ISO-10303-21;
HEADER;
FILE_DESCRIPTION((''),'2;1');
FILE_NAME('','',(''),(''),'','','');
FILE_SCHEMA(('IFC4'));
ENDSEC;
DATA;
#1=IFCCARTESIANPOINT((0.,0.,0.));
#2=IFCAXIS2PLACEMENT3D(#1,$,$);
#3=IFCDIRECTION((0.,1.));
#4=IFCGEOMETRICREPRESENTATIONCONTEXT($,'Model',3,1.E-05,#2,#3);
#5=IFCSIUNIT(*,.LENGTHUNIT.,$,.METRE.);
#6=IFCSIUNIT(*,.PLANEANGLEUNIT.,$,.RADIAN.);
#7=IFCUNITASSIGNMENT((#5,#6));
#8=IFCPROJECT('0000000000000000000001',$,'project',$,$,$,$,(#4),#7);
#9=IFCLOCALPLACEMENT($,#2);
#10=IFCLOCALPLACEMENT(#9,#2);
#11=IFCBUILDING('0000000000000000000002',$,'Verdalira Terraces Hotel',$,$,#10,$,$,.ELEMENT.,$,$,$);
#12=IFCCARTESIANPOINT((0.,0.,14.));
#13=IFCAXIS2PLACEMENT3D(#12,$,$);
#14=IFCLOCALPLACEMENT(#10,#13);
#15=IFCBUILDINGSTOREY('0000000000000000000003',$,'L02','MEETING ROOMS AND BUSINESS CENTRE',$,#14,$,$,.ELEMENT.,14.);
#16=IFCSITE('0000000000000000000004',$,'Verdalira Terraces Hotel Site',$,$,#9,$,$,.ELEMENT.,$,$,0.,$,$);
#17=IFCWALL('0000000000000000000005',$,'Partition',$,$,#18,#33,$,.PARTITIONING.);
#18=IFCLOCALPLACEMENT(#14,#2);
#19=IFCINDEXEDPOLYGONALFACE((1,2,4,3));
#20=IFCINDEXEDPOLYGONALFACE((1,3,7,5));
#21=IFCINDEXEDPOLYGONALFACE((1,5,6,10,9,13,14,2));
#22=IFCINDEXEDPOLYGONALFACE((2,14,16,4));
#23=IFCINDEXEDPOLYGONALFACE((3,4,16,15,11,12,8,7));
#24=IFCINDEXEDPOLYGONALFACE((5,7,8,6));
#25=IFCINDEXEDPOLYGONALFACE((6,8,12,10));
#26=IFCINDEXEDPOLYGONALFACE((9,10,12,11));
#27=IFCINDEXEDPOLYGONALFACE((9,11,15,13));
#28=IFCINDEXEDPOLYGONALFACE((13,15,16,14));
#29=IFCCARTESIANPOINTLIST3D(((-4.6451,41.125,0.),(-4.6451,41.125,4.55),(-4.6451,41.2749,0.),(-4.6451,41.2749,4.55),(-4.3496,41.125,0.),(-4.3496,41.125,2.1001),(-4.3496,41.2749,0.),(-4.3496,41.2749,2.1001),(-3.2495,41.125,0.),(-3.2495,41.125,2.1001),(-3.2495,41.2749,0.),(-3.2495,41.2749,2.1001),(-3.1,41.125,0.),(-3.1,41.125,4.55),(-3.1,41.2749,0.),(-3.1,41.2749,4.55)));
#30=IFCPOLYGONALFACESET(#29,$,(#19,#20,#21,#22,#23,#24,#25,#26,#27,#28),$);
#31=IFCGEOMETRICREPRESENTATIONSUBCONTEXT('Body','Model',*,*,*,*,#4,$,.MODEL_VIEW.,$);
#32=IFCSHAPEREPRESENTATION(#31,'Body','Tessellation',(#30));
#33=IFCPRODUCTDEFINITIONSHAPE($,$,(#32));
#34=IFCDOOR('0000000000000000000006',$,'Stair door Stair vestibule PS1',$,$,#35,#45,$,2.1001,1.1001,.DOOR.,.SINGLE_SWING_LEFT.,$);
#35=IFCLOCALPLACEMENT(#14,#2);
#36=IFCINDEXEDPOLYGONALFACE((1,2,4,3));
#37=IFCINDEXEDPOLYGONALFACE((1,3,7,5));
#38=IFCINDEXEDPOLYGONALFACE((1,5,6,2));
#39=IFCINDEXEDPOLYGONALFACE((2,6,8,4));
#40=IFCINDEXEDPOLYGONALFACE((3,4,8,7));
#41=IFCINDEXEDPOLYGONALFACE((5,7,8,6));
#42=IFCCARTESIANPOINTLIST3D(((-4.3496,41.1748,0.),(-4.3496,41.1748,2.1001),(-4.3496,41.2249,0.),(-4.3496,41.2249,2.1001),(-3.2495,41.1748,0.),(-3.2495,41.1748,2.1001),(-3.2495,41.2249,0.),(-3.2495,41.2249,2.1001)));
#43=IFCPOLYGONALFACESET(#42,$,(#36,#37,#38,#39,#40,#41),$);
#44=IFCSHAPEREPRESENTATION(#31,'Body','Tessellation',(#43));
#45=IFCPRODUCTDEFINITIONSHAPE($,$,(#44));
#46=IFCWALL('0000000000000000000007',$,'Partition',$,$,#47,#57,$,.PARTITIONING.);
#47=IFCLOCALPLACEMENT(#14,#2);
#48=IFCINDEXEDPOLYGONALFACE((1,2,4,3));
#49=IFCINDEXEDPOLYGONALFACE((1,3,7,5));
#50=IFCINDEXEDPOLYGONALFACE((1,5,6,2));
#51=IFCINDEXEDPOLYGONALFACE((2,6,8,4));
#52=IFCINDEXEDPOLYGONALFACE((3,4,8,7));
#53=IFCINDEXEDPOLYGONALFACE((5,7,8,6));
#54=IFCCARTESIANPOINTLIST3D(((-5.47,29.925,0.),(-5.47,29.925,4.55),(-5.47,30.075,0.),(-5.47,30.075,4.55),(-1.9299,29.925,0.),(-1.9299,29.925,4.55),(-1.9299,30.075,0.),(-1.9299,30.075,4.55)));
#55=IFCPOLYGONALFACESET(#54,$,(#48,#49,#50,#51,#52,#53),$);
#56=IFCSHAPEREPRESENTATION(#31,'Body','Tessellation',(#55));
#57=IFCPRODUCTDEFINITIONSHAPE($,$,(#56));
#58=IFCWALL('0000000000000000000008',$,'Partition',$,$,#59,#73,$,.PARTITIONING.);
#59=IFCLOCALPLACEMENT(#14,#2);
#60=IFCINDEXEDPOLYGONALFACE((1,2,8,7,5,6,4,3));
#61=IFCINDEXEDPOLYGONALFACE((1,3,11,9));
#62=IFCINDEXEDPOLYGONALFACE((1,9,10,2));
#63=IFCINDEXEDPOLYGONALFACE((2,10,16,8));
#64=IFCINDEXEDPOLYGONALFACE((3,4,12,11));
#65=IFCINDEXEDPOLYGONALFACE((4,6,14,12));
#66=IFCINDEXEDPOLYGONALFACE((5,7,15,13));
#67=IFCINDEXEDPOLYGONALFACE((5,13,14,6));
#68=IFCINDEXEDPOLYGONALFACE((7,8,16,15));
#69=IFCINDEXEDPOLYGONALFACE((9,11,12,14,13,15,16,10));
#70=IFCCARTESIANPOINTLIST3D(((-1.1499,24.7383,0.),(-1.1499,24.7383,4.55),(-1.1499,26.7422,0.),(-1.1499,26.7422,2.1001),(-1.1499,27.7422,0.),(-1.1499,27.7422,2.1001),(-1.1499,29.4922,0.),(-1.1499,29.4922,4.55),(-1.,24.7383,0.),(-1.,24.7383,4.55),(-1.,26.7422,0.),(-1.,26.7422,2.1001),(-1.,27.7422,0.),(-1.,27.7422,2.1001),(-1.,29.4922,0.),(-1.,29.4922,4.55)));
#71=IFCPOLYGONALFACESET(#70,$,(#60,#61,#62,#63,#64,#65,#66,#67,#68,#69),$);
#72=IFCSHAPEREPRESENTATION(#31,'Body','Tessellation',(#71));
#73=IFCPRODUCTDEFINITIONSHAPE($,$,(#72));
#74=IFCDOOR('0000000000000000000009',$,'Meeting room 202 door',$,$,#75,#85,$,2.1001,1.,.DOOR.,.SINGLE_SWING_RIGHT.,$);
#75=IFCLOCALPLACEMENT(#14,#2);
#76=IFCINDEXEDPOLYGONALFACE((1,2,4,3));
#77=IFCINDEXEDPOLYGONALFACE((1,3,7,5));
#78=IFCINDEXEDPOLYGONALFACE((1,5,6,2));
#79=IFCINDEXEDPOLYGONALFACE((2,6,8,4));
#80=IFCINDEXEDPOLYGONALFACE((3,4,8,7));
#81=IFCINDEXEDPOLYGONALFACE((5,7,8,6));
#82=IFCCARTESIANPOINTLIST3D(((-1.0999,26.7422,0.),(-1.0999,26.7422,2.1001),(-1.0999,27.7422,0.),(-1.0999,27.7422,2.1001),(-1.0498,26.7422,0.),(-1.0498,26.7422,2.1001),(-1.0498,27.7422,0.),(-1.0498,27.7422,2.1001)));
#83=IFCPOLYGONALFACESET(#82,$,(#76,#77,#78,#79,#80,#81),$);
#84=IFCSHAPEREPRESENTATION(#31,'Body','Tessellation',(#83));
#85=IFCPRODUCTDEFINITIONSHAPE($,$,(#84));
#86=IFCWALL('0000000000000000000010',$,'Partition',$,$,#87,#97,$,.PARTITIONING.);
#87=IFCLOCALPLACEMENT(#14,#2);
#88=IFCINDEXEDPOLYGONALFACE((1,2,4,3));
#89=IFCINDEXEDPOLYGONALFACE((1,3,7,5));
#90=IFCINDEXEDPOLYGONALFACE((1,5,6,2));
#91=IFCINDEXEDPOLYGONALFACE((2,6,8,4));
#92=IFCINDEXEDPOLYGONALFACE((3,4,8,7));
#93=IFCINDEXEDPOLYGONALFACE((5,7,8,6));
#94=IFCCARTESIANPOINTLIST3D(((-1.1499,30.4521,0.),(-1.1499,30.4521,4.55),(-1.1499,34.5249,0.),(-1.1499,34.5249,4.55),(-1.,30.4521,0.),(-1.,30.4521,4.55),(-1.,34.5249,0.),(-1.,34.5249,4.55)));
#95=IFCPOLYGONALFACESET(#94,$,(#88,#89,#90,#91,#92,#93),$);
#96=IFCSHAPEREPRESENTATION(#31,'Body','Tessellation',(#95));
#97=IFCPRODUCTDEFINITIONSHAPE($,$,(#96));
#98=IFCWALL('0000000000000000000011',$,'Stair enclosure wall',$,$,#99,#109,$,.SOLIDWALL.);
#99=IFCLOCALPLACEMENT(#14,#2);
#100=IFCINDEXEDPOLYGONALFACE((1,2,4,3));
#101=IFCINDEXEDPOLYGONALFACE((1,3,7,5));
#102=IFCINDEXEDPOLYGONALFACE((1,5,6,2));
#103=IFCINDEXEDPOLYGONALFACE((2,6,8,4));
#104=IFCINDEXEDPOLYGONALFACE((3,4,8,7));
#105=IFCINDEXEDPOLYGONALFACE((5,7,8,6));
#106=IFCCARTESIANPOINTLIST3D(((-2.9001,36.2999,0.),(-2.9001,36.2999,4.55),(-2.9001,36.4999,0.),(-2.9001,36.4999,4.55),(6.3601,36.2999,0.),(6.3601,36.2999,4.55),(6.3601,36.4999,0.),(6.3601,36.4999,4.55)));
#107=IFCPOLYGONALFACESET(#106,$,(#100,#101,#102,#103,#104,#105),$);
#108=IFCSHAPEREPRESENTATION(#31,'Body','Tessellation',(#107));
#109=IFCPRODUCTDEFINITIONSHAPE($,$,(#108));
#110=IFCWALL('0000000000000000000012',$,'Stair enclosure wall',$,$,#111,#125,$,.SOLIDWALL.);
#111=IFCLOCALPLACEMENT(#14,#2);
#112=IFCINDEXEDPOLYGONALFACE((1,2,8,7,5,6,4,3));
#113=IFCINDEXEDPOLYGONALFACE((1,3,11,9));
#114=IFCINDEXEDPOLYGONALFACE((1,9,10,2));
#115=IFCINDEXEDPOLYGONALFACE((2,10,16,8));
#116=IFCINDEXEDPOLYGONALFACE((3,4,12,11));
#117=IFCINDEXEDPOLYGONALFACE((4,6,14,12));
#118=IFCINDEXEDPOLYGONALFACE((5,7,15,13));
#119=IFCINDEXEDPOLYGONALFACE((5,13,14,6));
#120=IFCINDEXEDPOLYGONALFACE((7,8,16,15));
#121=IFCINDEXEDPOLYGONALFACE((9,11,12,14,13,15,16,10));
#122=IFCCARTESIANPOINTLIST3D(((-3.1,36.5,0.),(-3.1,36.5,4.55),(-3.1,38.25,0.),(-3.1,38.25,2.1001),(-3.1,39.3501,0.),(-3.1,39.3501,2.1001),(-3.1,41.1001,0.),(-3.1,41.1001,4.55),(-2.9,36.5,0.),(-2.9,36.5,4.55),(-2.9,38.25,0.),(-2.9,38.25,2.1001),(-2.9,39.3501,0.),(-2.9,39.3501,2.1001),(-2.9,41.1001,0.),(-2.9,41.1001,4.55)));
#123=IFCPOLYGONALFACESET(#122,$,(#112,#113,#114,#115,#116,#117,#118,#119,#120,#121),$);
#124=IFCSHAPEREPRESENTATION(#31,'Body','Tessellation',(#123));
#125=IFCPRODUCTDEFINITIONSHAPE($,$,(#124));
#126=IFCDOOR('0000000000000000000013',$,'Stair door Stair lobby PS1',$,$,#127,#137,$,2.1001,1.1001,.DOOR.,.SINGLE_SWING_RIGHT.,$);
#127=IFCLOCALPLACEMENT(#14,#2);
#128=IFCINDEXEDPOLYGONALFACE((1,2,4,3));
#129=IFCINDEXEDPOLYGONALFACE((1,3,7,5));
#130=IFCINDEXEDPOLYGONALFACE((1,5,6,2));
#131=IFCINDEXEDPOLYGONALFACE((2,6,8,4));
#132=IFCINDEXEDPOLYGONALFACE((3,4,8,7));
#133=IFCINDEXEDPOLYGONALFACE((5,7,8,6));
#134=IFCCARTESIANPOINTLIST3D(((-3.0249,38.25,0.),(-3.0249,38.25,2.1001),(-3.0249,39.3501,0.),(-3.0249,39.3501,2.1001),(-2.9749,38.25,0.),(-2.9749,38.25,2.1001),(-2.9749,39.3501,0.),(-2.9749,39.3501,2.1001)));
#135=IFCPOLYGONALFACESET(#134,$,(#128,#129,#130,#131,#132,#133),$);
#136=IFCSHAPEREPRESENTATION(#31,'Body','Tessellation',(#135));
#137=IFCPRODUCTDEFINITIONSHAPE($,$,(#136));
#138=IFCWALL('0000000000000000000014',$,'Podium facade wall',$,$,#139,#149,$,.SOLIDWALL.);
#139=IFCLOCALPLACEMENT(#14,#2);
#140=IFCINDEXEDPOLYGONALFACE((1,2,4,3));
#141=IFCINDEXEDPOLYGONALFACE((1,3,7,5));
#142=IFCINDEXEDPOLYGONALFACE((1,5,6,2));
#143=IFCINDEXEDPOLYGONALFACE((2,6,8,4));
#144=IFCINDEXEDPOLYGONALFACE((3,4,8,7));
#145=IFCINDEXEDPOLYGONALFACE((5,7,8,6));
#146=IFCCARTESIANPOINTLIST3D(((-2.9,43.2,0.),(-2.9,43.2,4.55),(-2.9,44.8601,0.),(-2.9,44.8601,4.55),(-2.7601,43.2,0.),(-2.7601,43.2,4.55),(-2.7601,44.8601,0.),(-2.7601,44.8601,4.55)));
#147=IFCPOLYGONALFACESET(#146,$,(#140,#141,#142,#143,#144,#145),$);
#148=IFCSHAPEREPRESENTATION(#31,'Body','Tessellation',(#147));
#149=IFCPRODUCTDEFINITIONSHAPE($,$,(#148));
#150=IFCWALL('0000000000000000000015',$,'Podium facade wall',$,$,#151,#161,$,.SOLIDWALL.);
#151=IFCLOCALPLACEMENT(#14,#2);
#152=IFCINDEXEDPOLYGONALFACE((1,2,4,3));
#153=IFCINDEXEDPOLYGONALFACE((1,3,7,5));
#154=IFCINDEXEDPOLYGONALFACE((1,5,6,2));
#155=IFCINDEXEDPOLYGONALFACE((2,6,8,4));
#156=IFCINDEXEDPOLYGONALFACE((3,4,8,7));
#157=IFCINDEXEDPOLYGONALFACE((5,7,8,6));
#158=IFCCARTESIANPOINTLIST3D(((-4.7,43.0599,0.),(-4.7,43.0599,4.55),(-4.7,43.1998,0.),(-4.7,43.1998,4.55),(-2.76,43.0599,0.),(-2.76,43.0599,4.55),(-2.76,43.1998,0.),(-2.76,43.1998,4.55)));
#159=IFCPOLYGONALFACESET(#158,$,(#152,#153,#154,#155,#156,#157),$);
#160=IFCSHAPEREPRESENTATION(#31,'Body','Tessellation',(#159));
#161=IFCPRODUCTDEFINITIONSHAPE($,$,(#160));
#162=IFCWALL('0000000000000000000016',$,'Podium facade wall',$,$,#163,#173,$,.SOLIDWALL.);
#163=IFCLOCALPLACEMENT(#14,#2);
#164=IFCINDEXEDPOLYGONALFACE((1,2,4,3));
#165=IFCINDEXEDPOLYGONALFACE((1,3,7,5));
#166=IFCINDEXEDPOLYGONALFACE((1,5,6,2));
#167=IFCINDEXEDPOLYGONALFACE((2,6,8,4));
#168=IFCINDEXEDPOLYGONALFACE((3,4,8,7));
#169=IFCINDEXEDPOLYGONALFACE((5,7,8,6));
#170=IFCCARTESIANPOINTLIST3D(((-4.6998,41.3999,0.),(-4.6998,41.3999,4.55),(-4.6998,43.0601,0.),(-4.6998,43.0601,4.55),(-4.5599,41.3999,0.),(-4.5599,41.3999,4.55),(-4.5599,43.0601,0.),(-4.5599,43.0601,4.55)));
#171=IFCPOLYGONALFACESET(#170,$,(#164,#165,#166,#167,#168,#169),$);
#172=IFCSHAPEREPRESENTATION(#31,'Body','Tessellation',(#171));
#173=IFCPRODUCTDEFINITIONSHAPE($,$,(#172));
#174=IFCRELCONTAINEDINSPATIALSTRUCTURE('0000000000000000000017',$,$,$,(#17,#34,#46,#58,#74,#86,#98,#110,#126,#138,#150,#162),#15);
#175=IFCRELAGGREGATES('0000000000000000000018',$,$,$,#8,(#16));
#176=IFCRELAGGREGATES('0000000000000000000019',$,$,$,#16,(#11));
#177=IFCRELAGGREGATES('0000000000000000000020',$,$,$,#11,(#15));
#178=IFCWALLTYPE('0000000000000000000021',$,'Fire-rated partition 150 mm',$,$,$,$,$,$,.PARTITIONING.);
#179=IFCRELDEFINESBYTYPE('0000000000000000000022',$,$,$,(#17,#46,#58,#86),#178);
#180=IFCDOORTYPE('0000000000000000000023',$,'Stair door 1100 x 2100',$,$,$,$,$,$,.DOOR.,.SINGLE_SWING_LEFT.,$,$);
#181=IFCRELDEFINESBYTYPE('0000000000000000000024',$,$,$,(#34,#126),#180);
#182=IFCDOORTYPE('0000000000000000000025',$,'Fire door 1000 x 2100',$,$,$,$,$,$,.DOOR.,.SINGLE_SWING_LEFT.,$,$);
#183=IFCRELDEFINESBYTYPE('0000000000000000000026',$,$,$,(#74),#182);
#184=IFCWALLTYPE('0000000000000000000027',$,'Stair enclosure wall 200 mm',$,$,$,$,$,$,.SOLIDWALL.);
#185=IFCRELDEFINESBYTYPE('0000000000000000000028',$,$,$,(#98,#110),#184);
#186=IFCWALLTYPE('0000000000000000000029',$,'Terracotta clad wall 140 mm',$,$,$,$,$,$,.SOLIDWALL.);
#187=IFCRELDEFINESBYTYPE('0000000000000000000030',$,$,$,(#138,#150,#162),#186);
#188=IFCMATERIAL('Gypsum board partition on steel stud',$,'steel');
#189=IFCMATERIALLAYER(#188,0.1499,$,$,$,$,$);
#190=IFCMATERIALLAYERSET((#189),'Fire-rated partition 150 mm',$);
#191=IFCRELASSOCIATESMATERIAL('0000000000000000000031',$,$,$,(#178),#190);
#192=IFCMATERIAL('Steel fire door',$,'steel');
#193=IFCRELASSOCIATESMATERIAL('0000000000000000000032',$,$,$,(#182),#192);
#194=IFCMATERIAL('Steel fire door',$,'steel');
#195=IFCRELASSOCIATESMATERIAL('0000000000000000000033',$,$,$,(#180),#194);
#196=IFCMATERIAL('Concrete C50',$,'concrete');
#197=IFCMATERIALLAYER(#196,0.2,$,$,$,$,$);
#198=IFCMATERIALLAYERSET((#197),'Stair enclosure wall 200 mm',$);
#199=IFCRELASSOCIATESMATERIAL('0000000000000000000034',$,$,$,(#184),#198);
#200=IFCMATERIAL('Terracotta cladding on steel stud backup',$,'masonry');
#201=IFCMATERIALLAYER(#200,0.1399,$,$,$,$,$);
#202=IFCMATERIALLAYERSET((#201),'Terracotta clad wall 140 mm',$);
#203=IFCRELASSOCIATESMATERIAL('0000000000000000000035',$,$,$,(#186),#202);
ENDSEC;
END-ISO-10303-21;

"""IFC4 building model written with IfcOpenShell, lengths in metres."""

from ifc_helpers import new_model, si_unit, direction, frame, frame_2d, origin, place, context, subcontext, project, spatial, rectangle, extrude, material, layer, layer_set, type_object, element, fill, save


model = new_model("IFC4")

# Units and contexts
model_context = context("Model", 3, precision=1e-05, world=origin(), true_north=direction((0.0, 1.0)))
body_context = subcontext(model_context, "Body", "Model", "MODEL_VIEW")
ifc_project = project(units=[si_unit("LENGTHUNIT", "METRE"), si_unit("PLANEANGLEUNIT", "RADIAN")], contexts=[model_context])

# Site, building, storey
site_placement = place(None, origin())
site = spatial("IfcSite", under=ifc_project, at=site_placement, Name="Verdalira Terraces Hotel Site", CompositionType="ELEMENT", RefElevation=0.0)
building_placement = place(site_placement, origin())
building = spatial("IfcBuilding", under=site, at=building_placement, Name="Verdalira Terraces Hotel", CompositionType="ELEMENT")
storey_placement = place(building_placement, frame((0.0, 0.0, 14.0)))
storey = spatial("IfcBuildingStorey", under=building, at=storey_placement, Name="L02", Description="MEETING ROOMS AND BUSINESS CENTRE", CompositionType="ELEMENT", Elevation=14.0)

# Wall, opening, door
ifc_material_1 = material(Name="Gypsum board partition on steel stud", Category="steel")
ifc_layer_1 = layer(ifc_material_1, 0.1499)
ifc_layer_set_1 = layer_set([ifc_layer_1], Name="Fire-rated partition 150 mm")
wall_type_1 = type_object("IfcWallType", Name="Fire-rated partition 150 mm", PredefinedType="PARTITIONING", material=ifc_layer_set_1)
ifc_material_2 = material(Name="Steel fire door", Category="steel")
door_type_1 = type_object("IfcDoorType", Name="Fire door 1000 x 2100", OperationType="SINGLE_SWING_LEFT", PredefinedType="DOOR", material=ifc_material_2)
ifc_material_3 = material(Name="Steel fire door", Category="steel")
door_type_2 = type_object("IfcDoorType", Name="Stair door 1100 x 2100", OperationType="SINGLE_SWING_LEFT", PredefinedType="DOOR", material=ifc_material_3)
wall_1_placement = place(storey_placement, frame((-4.645, 41.2, 0.0), z_axis=(0.0, 0.0, 1.0), x_axis=(1.0, 0.0, 0.0)))
wall_1 = element("IfcWall", 1, at=wall_1_placement, inside=storey, type_object=wall_type_1, Name="Partition", PredefinedType="PARTITIONING", context=body_context, shape_type="SweptSolid", body=[
    extrude(rectangle(XDim=1.5452, YDim=0.1499, at=frame_2d((0.7725, 0.0))), origin(), (0.0, 0.0, 1.0), 4.55),
])
opening_1_placement = place(wall_1_placement, frame((0.2954, 0.0, 0.0)))
opening_1 = element("IfcOpeningElement", 2, at=opening_1_placement, cuts=wall_1, PredefinedType="OPENING", context=body_context, shape_type="SweptSolid", body=[
    extrude(rectangle(XDim=1.1001, YDim=2.1001, at=frame_2d((0.55, 1.05))), frame((0.0, 0.085, 0.0), z_axis=(0.0, -1.0, 0.0), x_axis=(1.0, 0.0, 0.0)), (0.0, 0.0, 1.0), 0.1699),
])
door_1_placement = place(opening_1_placement, origin())
door_1 = element("IfcDoor", 3, at=door_1_placement, inside=storey, type_object=door_type_2, Name="Stair door Stair vestibule PS1", OperationType="SINGLE_SWING_LEFT", OverallHeight=2.1001, OverallWidth=1.1001, PredefinedType="DOOR", context=body_context, shape_type="SweptSolid", body=[
    extrude(rectangle(XDim=1.1001, YDim=2.1001, at=frame_2d((0.55, 1.05))), frame((0.0, 0.0249, 0.0), z_axis=(0.0, -1.0, 0.0), x_axis=(1.0, 0.0, 0.0)), (0.0, 0.0, 1.0), 0.05),
])
fill(opening_1, door_1)

# Wall
wall_2_placement = place(storey_placement, frame((-1.9299, 30.0, 0.0), z_axis=(0.0, 0.0, 1.0), x_axis=(-1.0, 0.0, 0.0)))
element("IfcWall", 4, at=wall_2_placement, inside=storey, type_object=wall_type_1, Name="Partition", PredefinedType="PARTITIONING", context=body_context, shape_type="SweptSolid", body=[
    extrude(rectangle(XDim=3.54, YDim=0.1499, at=frame_2d((1.77, 0.0))), origin(), (0.0, 0.0, 1.0), 4.55),
])

# Wall, opening, door
wall_3_placement = place(storey_placement, frame((-1.075, 24.7383, 0.0), z_axis=(0.0, 0.0, 1.0), x_axis=(0.0, 1.0, 0.0)))
wall_3 = element("IfcWall", 5, at=wall_3_placement, inside=storey, type_object=wall_type_1, Name="Partition", PredefinedType="PARTITIONING", context=body_context, shape_type="SweptSolid", body=[
    extrude(rectangle(XDim=4.7539, YDim=0.1499, at=frame_2d((2.377, 0.0))), origin(), (0.0, 0.0, 1.0), 4.55),
])
opening_2_placement = place(wall_3_placement, frame((2.0039, 0.0, 0.0)))
opening_2 = element("IfcOpeningElement", 6, at=opening_2_placement, cuts=wall_3, PredefinedType="OPENING", context=body_context, shape_type="SweptSolid", body=[
    extrude(rectangle(XDim=1.0, YDim=2.1001, at=frame_2d((0.5, 1.05))), frame((0.0, 0.085, 0.0), z_axis=(0.0, -1.0, 0.0), x_axis=(1.0, 0.0, 0.0)), (0.0, 0.0, 1.0), 0.1699),
])
door_2_placement = place(opening_2_placement, origin())
door_2 = element("IfcDoor", 7, at=door_2_placement, inside=storey, type_object=door_type_1, Name="Meeting room 202 door", OperationType="SINGLE_SWING_RIGHT", OverallHeight=2.1001, OverallWidth=1.0, PredefinedType="DOOR", context=body_context, shape_type="SweptSolid", body=[
    extrude(rectangle(XDim=1.0, YDim=2.1001, at=frame_2d((0.5, 1.05))), frame((0.0, 0.0249, 0.0), z_axis=(0.0, -1.0, 0.0), x_axis=(1.0, 0.0, 0.0)), (0.0, 0.0, 1.0), 0.05),
])
fill(opening_2, door_2)

# Walls
wall_4_placement = place(storey_placement, frame((-1.075, 34.5249, 0.0), z_axis=(0.0, 0.0, 1.0), x_axis=(0.0, -1.0, 0.0)))
element("IfcWall", 8, at=wall_4_placement, inside=storey, type_object=wall_type_1, Name="Partition", PredefinedType="PARTITIONING", context=body_context, shape_type="SweptSolid", body=[
    extrude(rectangle(XDim=4.0728, YDim=0.1499, at=frame_2d((2.0364, 0.0))), origin(), (0.0, 0.0, 1.0), 4.55),
])
ifc_material_4 = material(Name="Concrete C50", Category="concrete")
ifc_layer_2 = layer(ifc_material_4, 0.2)
ifc_layer_set_2 = layer_set([ifc_layer_2], Name="Stair enclosure wall 200 mm")
wall_type_2 = type_object("IfcWallType", Name="Stair enclosure wall 200 mm", PredefinedType="SOLIDWALL", material=ifc_layer_set_2)
wall_5_placement = place(storey_placement, frame((-2.9001, 36.3999, 0.0), z_axis=(0.0, 0.0, 1.0), x_axis=(1.0, 0.0, 0.0)))
element("IfcWall", 9, at=wall_5_placement, inside=storey, type_object=wall_type_2, Name="Stair enclosure wall", PredefinedType="SOLIDWALL", context=body_context, shape_type="SweptSolid", body=[
    extrude(rectangle(XDim=9.2603, YDim=0.2, at=frame_2d((4.6301, 0.0))), origin(), (0.0, 0.0, 1.0), 4.55),
])

# Wall, opening, door
wall_6_placement = place(storey_placement, frame((-3.0, 36.5, 0.0), z_axis=(0.0, 0.0, 1.0), x_axis=(0.0, 1.0, 0.0)))
wall_6 = element("IfcWall", 10, at=wall_6_placement, inside=storey, type_object=wall_type_2, Name="Stair enclosure wall", PredefinedType="SOLIDWALL", context=body_context, shape_type="SweptSolid", body=[
    extrude(rectangle(XDim=4.6001, YDim=0.2, at=frame_2d((2.3, 0.0))), origin(), (0.0, 0.0, 1.0), 4.55),
])
opening_3_placement = place(wall_6_placement, frame((1.75, 0.0, 0.0)))
opening_3 = element("IfcOpeningElement", 11, at=opening_3_placement, cuts=wall_6, PredefinedType="OPENING", context=body_context, shape_type="SweptSolid", body=[
    extrude(rectangle(XDim=1.1001, YDim=2.1001, at=frame_2d((0.55, 1.05))), frame((0.0, 0.1099, 0.0), z_axis=(0.0, -1.0, 0.0), x_axis=(1.0, 0.0, 0.0)), (0.0, 0.0, 1.0), 0.22),
])
door_3_placement = place(opening_3_placement, origin())
door_3 = element("IfcDoor", 12, at=door_3_placement, inside=storey, type_object=door_type_2, Name="Stair door Stair lobby PS1", OperationType="SINGLE_SWING_RIGHT", OverallHeight=2.1001, OverallWidth=1.1001, PredefinedType="DOOR", context=body_context, shape_type="SweptSolid", body=[
    extrude(rectangle(XDim=1.1001, YDim=2.1001, at=frame_2d((0.55, 1.05))), frame((0.0, 0.0249, 0.0), z_axis=(0.0, -1.0, 0.0), x_axis=(1.0, 0.0, 0.0)), (0.0, 0.0, 1.0), 0.05),
])
fill(opening_3, door_3)

# Walls
ifc_material_5 = material(Name="Terracotta cladding on steel stud backup", Category="masonry")
ifc_layer_3 = layer(ifc_material_5, 0.1399)
ifc_layer_set_3 = layer_set([ifc_layer_3], Name="Terracotta clad wall 140 mm")
wall_type_3 = type_object("IfcWallType", Name="Terracotta clad wall 140 mm", PredefinedType="SOLIDWALL", material=ifc_layer_set_3)
wall_7_placement = place(storey_placement, frame((-2.8301, 44.8601, 0.0), z_axis=(0.0, 0.0, 1.0), x_axis=(0.0, -1.0, 0.0)))
element("IfcWall", 13, at=wall_7_placement, inside=storey, type_object=wall_type_3, Name="Podium facade wall", PredefinedType="SOLIDWALL", context=body_context, shape_type="SweptSolid", body=[
    extrude(rectangle(XDim=1.6602, YDim=0.1399, at=frame_2d((0.8301, 0.0))), origin(), (0.0, 0.0, 1.0), 4.55),
])
wall_8_placement = place(storey_placement, frame((-2.76, 43.1299, 0.0), z_axis=(0.0, 0.0, 1.0), x_axis=(-1.0, 0.0, 0.0)))
element("IfcWall", 14, at=wall_8_placement, inside=storey, type_object=wall_type_3, Name="Podium facade wall", PredefinedType="SOLIDWALL", context=body_context, shape_type="SweptSolid", body=[
    extrude(rectangle(XDim=1.9399, YDim=0.1399, at=frame_2d((0.97, 0.0))), origin(), (0.0, 0.0, 1.0), 4.55),
])
wall_9_placement = place(storey_placement, frame((-4.6299, 43.0601, 0.0), z_axis=(0.0, 0.0, 1.0), x_axis=(0.0, -1.0, 0.0)))
element("IfcWall", 15, at=wall_9_placement, inside=storey, type_object=wall_type_3, Name="Podium facade wall", PredefinedType="SOLIDWALL", context=body_context, shape_type="SweptSolid", body=[
    extrude(rectangle(XDim=1.6602, YDim=0.1399, at=frame_2d((0.8301, 0.0))), origin(), (0.0, 0.0, 1.0), 4.55),
])

save(model, "model.ifc")
